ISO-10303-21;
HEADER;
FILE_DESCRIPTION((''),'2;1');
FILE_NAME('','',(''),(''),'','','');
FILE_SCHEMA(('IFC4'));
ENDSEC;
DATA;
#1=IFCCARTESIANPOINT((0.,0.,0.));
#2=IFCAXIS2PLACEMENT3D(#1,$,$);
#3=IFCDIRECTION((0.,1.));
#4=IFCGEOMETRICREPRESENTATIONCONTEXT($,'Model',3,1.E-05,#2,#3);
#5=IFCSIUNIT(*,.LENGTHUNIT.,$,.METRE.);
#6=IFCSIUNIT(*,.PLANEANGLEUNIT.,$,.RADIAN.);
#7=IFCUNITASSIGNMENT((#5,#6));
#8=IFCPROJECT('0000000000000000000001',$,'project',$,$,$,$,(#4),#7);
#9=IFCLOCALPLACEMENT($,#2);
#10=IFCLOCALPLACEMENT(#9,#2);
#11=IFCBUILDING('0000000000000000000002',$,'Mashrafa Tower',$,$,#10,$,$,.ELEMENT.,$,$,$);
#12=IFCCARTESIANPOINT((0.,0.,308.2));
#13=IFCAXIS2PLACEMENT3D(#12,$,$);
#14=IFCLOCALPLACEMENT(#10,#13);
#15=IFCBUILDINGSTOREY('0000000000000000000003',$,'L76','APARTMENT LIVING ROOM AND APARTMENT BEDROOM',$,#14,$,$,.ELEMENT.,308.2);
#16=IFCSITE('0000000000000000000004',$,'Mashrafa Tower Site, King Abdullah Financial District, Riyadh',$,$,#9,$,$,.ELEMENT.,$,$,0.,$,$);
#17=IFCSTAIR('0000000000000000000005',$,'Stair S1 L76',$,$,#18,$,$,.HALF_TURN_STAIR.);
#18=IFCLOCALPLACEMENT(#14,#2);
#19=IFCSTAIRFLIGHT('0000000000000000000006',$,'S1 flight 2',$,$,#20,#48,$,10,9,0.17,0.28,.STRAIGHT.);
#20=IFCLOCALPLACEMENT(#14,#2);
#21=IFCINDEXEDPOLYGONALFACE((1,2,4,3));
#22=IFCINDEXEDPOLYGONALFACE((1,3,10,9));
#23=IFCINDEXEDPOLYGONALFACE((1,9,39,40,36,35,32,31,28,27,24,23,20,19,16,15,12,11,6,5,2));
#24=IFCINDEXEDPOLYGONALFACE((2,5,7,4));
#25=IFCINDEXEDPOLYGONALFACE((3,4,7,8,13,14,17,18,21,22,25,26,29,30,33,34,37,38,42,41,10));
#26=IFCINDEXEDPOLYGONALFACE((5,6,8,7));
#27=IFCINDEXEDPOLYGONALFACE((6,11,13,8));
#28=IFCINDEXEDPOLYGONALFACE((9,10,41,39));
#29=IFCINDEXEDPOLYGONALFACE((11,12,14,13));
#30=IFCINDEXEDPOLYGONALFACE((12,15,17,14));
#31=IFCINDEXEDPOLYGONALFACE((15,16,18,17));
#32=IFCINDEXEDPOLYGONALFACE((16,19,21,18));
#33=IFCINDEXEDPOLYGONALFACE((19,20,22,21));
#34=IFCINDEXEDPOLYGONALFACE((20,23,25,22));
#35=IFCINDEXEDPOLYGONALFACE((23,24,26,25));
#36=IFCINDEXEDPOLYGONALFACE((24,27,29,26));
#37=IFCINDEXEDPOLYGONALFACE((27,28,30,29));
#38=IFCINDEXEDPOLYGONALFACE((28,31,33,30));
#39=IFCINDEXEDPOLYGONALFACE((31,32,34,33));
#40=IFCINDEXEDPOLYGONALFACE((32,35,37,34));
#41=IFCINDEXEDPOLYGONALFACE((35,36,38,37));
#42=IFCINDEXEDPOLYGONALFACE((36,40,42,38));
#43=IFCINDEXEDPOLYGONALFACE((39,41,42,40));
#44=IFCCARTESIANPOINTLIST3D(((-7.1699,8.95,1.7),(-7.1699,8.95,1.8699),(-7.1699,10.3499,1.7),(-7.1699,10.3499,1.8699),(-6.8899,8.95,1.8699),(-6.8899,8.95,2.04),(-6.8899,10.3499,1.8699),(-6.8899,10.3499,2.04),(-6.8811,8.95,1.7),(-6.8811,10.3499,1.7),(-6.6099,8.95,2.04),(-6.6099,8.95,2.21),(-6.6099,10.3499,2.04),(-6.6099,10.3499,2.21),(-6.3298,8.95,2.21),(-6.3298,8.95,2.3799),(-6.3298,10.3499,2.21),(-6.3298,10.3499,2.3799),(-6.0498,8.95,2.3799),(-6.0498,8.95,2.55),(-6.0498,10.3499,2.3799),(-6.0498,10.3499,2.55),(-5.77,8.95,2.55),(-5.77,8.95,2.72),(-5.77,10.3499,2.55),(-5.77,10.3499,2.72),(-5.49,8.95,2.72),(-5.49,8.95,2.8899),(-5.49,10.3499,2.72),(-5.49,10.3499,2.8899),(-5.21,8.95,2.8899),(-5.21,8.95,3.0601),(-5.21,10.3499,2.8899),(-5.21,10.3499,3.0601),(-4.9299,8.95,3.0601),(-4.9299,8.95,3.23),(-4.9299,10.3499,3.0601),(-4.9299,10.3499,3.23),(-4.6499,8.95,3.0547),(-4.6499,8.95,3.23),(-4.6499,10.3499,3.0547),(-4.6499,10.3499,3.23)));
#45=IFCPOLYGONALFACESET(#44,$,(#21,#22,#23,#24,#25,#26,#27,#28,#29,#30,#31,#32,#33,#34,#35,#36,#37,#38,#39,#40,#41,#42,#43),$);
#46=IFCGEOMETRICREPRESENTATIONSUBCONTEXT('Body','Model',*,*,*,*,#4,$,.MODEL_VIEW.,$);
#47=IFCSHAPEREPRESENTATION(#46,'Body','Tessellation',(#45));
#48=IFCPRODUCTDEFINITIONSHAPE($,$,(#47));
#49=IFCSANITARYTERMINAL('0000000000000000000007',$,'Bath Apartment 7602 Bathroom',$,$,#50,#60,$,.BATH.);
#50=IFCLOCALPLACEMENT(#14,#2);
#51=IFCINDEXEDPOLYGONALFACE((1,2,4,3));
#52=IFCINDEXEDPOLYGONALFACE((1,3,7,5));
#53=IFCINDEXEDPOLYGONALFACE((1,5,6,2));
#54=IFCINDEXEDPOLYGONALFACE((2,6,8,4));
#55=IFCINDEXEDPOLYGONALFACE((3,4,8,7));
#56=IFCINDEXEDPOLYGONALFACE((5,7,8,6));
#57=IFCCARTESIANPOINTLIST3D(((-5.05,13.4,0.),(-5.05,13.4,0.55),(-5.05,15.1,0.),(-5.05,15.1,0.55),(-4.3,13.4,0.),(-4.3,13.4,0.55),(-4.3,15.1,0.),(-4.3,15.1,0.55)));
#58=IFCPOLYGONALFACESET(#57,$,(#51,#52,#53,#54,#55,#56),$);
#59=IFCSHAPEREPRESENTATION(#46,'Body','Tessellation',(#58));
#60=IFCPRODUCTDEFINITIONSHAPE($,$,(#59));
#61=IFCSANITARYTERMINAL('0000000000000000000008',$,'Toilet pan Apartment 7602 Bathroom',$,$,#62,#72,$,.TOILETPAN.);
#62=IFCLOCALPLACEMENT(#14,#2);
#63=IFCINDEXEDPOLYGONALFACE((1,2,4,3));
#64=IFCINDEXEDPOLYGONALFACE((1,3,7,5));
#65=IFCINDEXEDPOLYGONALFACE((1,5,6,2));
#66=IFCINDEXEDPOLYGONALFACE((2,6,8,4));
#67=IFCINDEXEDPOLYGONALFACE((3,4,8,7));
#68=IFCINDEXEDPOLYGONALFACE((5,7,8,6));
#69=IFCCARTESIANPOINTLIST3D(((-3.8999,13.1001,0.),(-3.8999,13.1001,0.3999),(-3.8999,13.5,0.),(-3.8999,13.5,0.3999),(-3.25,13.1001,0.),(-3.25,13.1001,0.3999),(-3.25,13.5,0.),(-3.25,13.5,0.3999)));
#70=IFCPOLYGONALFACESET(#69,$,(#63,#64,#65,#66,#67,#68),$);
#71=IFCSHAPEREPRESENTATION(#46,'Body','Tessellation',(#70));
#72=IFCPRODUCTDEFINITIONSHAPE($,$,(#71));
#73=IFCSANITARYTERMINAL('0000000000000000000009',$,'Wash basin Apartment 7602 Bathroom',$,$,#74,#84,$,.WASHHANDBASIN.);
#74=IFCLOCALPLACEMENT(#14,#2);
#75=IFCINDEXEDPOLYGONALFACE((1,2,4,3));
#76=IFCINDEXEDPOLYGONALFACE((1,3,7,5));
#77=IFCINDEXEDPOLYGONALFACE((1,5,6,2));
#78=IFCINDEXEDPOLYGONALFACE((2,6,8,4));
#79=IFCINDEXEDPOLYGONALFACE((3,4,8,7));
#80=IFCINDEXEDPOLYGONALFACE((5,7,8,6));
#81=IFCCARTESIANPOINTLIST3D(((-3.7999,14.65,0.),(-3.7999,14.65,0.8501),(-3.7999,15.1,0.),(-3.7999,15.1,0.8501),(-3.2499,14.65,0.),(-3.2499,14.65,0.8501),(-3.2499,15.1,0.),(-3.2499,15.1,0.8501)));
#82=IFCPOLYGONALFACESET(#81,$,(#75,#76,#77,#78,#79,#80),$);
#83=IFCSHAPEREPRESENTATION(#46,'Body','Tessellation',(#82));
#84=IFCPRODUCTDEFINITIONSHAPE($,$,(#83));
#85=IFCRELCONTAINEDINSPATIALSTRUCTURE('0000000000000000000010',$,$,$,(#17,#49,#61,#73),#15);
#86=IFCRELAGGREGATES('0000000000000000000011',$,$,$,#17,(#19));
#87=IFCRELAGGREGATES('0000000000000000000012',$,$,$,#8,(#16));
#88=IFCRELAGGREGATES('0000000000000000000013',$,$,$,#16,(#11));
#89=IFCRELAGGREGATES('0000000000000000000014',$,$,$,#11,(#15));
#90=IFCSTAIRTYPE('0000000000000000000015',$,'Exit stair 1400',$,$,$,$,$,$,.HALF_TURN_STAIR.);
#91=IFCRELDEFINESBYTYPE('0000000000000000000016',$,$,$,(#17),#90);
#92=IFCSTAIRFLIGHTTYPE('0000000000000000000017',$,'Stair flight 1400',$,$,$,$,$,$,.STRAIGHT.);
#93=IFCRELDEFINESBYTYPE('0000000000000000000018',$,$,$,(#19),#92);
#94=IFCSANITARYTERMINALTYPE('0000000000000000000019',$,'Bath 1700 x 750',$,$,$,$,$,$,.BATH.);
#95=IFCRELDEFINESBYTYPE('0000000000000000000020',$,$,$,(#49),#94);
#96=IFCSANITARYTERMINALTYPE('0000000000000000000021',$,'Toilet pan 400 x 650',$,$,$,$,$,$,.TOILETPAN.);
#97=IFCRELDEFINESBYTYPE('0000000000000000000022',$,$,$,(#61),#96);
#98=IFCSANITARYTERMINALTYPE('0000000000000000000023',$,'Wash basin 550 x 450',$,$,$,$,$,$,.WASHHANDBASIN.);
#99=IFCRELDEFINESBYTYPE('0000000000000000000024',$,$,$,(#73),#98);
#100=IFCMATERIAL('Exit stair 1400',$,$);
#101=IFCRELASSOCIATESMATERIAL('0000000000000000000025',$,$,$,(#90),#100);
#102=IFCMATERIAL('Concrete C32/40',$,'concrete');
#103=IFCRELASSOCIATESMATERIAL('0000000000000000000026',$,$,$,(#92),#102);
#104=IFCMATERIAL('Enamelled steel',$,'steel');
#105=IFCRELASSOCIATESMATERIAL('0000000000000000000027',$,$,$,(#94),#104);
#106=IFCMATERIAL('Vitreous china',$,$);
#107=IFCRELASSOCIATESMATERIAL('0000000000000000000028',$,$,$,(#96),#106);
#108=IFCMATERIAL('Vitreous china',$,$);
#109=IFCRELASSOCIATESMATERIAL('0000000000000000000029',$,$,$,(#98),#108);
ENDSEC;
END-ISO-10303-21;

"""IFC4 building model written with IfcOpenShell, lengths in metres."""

from ifc_helpers import new_model, si_unit, direction, frame, origin, origin_2d, place, context, subcontext, project, spatial, polyline, rectangle, outline, extrude, material, type_object, element, aggregate, save


model = new_model("IFC4")

# Units and contexts
model_context = context("Model", 3, precision=1e-05, world=origin(), true_north=direction((0.0, 1.0)))
body_context = subcontext(model_context, "Body", "Model", "MODEL_VIEW")
ifc_project = project(units=[si_unit("LENGTHUNIT", "METRE"), si_unit("PLANEANGLEUNIT", "RADIAN")], contexts=[model_context])

# Site, building, storey
site_placement = place(None, origin())
site = spatial("IfcSite", under=ifc_project, at=site_placement, Name="Mashrafa Tower Site, King Abdullah Financial District, Riyadh", CompositionType="ELEMENT", RefElevation=0.0)
building_placement = place(site_placement, origin())
building = spatial("IfcBuilding", under=site, at=building_placement, Name="Mashrafa Tower", CompositionType="ELEMENT")
storey_placement = place(building_placement, frame((0.0, 0.0, 308.2)))
storey = spatial("IfcBuildingStorey", under=building, at=storey_placement, Name="L76", Description="APARTMENT LIVING ROOM AND APARTMENT BEDROOM", CompositionType="ELEMENT", Elevation=308.2)

# Stair, stair flight
ifc_material_1 = material(Name="Exit stair 1400")
stair_type = type_object("IfcStairType", Name="Exit stair 1400", PredefinedType="HALF_TURN_STAIR", material=ifc_material_1)
stair_placement = place(storey_placement, origin())
stair = element("IfcStair", 1, at=stair_placement, inside=storey, type_object=stair_type, Name="Stair S1 L76", PredefinedType="HALF_TURN_STAIR")
ifc_material_2 = material(Name="Concrete C32/40", Category="concrete")
stair_flight_type = type_object("IfcStairFlightType", Name="Stair flight 1400", PredefinedType="STRAIGHT", material=ifc_material_2)
stair_flight_1_placement = place(storey_placement, frame((-7.1699, 9.6499, 1.7), z_axis=(0.0, 0.0, 1.0), x_axis=(1.0, 0.0, 0.0)))
stair_flight_1 = element("IfcStairFlight", 2, at=stair_flight_1_placement, type_object=stair_flight_type, Name="S1 flight 2", NumberOfRisers=10, NumberOfTreads=9, PredefinedType="STRAIGHT", RiserHeight=0.17, TreadLength=0.28, context=body_context, shape_type="SweptSolid", body=[
    extrude(outline(polyline([(0.0, 0.0), (0.0, 0.1699), (0.28, 0.1699), (0.28, 0.3401), (0.5601, 0.3401), (0.5601, 0.51), (0.8401, 0.51), (0.8401, 0.6799), (1.1201, 0.6799), (1.1201, 0.8501), (1.3999, 0.8501), (1.3999, 1.02), (1.6799, 1.02), (1.6799, 1.1899), (1.96, 1.1899), (1.96, 1.3601), (2.24, 1.3601), (2.24, 1.53), (2.52, 1.53), (2.52, 1.7), (2.52, 1.3547), (0.2888, 0.0), (0.0, 0.0)])), frame((0.0, 0.7, 0.0), z_axis=(0.0, -1.0, 0.0), x_axis=(1.0, 0.0, 0.0)), (0.0, 0.0, 1.0), 1.3999),
])
aggregate(stair, [stair_flight_1])

# Sanitary terminals
ifc_material_3 = material(Name="Enamelled steel", Category="steel")
sanitary_terminal_type_1 = type_object("IfcSanitaryTerminalType", Name="Bath 1700 x 750", PredefinedType="BATH", material=ifc_material_3)
sanitary_terminal_1_placement = place(storey_placement, frame((-4.675, 14.25, 0.0), z_axis=(0.0, 0.0, 1.0), x_axis=(0.0, -1.0, 0.0)))
element("IfcSanitaryTerminal", 3, at=sanitary_terminal_1_placement, inside=storey, type_object=sanitary_terminal_type_1, Name="Bath Apartment 7602 Bathroom", PredefinedType="BATH", context=body_context, shape_type="SweptSolid", body=[
    extrude(rectangle(XDim=1.7, YDim=0.75, at=origin_2d()), origin(), (0.0, 0.0, 1.0), 0.55),
])
ifc_material_4 = material(Name="Vitreous china")
sanitary_terminal_type_2 = type_object("IfcSanitaryTerminalType", Name="Toilet pan 400 x 650", PredefinedType="TOILETPAN", material=ifc_material_4)
sanitary_terminal_2_placement = place(storey_placement, frame((-3.575, 13.3, 0.0), z_axis=(0.0, 0.0, 1.0), x_axis=(0.0, 1.0, 0.0)))
element("IfcSanitaryTerminal", 4, at=sanitary_terminal_2_placement, inside=storey, type_object=sanitary_terminal_type_2, Name="Toilet pan Apartment 7602 Bathroom", PredefinedType="TOILETPAN", context=body_context, shape_type="SweptSolid", body=[
    extrude(rectangle(XDim=0.3999, YDim=0.6499, at=origin_2d()), origin(), (0.0, 0.0, 1.0), 0.3999),
])
ifc_material_5 = material(Name="Vitreous china")
sanitary_terminal_type_3 = type_object("IfcSanitaryTerminalType", Name="Wash basin 550 x 450", PredefinedType="WASHHANDBASIN", material=ifc_material_5)
sanitary_terminal_3_placement = place(storey_placement, frame((-3.5249, 14.875, 0.0), z_axis=(0.0, 0.0, 1.0), x_axis=(-1.0, 0.0, 0.0)))
element("IfcSanitaryTerminal", 5, at=sanitary_terminal_3_placement, inside=storey, type_object=sanitary_terminal_type_3, Name="Wash basin Apartment 7602 Bathroom", PredefinedType="WASHHANDBASIN", context=body_context, shape_type="SweptSolid", body=[
    extrude(rectangle(XDim=0.55, YDim=0.45, at=origin_2d()), origin(), (0.0, 0.0, 1.0), 0.8501),
])

save(model, "model.ifc")
